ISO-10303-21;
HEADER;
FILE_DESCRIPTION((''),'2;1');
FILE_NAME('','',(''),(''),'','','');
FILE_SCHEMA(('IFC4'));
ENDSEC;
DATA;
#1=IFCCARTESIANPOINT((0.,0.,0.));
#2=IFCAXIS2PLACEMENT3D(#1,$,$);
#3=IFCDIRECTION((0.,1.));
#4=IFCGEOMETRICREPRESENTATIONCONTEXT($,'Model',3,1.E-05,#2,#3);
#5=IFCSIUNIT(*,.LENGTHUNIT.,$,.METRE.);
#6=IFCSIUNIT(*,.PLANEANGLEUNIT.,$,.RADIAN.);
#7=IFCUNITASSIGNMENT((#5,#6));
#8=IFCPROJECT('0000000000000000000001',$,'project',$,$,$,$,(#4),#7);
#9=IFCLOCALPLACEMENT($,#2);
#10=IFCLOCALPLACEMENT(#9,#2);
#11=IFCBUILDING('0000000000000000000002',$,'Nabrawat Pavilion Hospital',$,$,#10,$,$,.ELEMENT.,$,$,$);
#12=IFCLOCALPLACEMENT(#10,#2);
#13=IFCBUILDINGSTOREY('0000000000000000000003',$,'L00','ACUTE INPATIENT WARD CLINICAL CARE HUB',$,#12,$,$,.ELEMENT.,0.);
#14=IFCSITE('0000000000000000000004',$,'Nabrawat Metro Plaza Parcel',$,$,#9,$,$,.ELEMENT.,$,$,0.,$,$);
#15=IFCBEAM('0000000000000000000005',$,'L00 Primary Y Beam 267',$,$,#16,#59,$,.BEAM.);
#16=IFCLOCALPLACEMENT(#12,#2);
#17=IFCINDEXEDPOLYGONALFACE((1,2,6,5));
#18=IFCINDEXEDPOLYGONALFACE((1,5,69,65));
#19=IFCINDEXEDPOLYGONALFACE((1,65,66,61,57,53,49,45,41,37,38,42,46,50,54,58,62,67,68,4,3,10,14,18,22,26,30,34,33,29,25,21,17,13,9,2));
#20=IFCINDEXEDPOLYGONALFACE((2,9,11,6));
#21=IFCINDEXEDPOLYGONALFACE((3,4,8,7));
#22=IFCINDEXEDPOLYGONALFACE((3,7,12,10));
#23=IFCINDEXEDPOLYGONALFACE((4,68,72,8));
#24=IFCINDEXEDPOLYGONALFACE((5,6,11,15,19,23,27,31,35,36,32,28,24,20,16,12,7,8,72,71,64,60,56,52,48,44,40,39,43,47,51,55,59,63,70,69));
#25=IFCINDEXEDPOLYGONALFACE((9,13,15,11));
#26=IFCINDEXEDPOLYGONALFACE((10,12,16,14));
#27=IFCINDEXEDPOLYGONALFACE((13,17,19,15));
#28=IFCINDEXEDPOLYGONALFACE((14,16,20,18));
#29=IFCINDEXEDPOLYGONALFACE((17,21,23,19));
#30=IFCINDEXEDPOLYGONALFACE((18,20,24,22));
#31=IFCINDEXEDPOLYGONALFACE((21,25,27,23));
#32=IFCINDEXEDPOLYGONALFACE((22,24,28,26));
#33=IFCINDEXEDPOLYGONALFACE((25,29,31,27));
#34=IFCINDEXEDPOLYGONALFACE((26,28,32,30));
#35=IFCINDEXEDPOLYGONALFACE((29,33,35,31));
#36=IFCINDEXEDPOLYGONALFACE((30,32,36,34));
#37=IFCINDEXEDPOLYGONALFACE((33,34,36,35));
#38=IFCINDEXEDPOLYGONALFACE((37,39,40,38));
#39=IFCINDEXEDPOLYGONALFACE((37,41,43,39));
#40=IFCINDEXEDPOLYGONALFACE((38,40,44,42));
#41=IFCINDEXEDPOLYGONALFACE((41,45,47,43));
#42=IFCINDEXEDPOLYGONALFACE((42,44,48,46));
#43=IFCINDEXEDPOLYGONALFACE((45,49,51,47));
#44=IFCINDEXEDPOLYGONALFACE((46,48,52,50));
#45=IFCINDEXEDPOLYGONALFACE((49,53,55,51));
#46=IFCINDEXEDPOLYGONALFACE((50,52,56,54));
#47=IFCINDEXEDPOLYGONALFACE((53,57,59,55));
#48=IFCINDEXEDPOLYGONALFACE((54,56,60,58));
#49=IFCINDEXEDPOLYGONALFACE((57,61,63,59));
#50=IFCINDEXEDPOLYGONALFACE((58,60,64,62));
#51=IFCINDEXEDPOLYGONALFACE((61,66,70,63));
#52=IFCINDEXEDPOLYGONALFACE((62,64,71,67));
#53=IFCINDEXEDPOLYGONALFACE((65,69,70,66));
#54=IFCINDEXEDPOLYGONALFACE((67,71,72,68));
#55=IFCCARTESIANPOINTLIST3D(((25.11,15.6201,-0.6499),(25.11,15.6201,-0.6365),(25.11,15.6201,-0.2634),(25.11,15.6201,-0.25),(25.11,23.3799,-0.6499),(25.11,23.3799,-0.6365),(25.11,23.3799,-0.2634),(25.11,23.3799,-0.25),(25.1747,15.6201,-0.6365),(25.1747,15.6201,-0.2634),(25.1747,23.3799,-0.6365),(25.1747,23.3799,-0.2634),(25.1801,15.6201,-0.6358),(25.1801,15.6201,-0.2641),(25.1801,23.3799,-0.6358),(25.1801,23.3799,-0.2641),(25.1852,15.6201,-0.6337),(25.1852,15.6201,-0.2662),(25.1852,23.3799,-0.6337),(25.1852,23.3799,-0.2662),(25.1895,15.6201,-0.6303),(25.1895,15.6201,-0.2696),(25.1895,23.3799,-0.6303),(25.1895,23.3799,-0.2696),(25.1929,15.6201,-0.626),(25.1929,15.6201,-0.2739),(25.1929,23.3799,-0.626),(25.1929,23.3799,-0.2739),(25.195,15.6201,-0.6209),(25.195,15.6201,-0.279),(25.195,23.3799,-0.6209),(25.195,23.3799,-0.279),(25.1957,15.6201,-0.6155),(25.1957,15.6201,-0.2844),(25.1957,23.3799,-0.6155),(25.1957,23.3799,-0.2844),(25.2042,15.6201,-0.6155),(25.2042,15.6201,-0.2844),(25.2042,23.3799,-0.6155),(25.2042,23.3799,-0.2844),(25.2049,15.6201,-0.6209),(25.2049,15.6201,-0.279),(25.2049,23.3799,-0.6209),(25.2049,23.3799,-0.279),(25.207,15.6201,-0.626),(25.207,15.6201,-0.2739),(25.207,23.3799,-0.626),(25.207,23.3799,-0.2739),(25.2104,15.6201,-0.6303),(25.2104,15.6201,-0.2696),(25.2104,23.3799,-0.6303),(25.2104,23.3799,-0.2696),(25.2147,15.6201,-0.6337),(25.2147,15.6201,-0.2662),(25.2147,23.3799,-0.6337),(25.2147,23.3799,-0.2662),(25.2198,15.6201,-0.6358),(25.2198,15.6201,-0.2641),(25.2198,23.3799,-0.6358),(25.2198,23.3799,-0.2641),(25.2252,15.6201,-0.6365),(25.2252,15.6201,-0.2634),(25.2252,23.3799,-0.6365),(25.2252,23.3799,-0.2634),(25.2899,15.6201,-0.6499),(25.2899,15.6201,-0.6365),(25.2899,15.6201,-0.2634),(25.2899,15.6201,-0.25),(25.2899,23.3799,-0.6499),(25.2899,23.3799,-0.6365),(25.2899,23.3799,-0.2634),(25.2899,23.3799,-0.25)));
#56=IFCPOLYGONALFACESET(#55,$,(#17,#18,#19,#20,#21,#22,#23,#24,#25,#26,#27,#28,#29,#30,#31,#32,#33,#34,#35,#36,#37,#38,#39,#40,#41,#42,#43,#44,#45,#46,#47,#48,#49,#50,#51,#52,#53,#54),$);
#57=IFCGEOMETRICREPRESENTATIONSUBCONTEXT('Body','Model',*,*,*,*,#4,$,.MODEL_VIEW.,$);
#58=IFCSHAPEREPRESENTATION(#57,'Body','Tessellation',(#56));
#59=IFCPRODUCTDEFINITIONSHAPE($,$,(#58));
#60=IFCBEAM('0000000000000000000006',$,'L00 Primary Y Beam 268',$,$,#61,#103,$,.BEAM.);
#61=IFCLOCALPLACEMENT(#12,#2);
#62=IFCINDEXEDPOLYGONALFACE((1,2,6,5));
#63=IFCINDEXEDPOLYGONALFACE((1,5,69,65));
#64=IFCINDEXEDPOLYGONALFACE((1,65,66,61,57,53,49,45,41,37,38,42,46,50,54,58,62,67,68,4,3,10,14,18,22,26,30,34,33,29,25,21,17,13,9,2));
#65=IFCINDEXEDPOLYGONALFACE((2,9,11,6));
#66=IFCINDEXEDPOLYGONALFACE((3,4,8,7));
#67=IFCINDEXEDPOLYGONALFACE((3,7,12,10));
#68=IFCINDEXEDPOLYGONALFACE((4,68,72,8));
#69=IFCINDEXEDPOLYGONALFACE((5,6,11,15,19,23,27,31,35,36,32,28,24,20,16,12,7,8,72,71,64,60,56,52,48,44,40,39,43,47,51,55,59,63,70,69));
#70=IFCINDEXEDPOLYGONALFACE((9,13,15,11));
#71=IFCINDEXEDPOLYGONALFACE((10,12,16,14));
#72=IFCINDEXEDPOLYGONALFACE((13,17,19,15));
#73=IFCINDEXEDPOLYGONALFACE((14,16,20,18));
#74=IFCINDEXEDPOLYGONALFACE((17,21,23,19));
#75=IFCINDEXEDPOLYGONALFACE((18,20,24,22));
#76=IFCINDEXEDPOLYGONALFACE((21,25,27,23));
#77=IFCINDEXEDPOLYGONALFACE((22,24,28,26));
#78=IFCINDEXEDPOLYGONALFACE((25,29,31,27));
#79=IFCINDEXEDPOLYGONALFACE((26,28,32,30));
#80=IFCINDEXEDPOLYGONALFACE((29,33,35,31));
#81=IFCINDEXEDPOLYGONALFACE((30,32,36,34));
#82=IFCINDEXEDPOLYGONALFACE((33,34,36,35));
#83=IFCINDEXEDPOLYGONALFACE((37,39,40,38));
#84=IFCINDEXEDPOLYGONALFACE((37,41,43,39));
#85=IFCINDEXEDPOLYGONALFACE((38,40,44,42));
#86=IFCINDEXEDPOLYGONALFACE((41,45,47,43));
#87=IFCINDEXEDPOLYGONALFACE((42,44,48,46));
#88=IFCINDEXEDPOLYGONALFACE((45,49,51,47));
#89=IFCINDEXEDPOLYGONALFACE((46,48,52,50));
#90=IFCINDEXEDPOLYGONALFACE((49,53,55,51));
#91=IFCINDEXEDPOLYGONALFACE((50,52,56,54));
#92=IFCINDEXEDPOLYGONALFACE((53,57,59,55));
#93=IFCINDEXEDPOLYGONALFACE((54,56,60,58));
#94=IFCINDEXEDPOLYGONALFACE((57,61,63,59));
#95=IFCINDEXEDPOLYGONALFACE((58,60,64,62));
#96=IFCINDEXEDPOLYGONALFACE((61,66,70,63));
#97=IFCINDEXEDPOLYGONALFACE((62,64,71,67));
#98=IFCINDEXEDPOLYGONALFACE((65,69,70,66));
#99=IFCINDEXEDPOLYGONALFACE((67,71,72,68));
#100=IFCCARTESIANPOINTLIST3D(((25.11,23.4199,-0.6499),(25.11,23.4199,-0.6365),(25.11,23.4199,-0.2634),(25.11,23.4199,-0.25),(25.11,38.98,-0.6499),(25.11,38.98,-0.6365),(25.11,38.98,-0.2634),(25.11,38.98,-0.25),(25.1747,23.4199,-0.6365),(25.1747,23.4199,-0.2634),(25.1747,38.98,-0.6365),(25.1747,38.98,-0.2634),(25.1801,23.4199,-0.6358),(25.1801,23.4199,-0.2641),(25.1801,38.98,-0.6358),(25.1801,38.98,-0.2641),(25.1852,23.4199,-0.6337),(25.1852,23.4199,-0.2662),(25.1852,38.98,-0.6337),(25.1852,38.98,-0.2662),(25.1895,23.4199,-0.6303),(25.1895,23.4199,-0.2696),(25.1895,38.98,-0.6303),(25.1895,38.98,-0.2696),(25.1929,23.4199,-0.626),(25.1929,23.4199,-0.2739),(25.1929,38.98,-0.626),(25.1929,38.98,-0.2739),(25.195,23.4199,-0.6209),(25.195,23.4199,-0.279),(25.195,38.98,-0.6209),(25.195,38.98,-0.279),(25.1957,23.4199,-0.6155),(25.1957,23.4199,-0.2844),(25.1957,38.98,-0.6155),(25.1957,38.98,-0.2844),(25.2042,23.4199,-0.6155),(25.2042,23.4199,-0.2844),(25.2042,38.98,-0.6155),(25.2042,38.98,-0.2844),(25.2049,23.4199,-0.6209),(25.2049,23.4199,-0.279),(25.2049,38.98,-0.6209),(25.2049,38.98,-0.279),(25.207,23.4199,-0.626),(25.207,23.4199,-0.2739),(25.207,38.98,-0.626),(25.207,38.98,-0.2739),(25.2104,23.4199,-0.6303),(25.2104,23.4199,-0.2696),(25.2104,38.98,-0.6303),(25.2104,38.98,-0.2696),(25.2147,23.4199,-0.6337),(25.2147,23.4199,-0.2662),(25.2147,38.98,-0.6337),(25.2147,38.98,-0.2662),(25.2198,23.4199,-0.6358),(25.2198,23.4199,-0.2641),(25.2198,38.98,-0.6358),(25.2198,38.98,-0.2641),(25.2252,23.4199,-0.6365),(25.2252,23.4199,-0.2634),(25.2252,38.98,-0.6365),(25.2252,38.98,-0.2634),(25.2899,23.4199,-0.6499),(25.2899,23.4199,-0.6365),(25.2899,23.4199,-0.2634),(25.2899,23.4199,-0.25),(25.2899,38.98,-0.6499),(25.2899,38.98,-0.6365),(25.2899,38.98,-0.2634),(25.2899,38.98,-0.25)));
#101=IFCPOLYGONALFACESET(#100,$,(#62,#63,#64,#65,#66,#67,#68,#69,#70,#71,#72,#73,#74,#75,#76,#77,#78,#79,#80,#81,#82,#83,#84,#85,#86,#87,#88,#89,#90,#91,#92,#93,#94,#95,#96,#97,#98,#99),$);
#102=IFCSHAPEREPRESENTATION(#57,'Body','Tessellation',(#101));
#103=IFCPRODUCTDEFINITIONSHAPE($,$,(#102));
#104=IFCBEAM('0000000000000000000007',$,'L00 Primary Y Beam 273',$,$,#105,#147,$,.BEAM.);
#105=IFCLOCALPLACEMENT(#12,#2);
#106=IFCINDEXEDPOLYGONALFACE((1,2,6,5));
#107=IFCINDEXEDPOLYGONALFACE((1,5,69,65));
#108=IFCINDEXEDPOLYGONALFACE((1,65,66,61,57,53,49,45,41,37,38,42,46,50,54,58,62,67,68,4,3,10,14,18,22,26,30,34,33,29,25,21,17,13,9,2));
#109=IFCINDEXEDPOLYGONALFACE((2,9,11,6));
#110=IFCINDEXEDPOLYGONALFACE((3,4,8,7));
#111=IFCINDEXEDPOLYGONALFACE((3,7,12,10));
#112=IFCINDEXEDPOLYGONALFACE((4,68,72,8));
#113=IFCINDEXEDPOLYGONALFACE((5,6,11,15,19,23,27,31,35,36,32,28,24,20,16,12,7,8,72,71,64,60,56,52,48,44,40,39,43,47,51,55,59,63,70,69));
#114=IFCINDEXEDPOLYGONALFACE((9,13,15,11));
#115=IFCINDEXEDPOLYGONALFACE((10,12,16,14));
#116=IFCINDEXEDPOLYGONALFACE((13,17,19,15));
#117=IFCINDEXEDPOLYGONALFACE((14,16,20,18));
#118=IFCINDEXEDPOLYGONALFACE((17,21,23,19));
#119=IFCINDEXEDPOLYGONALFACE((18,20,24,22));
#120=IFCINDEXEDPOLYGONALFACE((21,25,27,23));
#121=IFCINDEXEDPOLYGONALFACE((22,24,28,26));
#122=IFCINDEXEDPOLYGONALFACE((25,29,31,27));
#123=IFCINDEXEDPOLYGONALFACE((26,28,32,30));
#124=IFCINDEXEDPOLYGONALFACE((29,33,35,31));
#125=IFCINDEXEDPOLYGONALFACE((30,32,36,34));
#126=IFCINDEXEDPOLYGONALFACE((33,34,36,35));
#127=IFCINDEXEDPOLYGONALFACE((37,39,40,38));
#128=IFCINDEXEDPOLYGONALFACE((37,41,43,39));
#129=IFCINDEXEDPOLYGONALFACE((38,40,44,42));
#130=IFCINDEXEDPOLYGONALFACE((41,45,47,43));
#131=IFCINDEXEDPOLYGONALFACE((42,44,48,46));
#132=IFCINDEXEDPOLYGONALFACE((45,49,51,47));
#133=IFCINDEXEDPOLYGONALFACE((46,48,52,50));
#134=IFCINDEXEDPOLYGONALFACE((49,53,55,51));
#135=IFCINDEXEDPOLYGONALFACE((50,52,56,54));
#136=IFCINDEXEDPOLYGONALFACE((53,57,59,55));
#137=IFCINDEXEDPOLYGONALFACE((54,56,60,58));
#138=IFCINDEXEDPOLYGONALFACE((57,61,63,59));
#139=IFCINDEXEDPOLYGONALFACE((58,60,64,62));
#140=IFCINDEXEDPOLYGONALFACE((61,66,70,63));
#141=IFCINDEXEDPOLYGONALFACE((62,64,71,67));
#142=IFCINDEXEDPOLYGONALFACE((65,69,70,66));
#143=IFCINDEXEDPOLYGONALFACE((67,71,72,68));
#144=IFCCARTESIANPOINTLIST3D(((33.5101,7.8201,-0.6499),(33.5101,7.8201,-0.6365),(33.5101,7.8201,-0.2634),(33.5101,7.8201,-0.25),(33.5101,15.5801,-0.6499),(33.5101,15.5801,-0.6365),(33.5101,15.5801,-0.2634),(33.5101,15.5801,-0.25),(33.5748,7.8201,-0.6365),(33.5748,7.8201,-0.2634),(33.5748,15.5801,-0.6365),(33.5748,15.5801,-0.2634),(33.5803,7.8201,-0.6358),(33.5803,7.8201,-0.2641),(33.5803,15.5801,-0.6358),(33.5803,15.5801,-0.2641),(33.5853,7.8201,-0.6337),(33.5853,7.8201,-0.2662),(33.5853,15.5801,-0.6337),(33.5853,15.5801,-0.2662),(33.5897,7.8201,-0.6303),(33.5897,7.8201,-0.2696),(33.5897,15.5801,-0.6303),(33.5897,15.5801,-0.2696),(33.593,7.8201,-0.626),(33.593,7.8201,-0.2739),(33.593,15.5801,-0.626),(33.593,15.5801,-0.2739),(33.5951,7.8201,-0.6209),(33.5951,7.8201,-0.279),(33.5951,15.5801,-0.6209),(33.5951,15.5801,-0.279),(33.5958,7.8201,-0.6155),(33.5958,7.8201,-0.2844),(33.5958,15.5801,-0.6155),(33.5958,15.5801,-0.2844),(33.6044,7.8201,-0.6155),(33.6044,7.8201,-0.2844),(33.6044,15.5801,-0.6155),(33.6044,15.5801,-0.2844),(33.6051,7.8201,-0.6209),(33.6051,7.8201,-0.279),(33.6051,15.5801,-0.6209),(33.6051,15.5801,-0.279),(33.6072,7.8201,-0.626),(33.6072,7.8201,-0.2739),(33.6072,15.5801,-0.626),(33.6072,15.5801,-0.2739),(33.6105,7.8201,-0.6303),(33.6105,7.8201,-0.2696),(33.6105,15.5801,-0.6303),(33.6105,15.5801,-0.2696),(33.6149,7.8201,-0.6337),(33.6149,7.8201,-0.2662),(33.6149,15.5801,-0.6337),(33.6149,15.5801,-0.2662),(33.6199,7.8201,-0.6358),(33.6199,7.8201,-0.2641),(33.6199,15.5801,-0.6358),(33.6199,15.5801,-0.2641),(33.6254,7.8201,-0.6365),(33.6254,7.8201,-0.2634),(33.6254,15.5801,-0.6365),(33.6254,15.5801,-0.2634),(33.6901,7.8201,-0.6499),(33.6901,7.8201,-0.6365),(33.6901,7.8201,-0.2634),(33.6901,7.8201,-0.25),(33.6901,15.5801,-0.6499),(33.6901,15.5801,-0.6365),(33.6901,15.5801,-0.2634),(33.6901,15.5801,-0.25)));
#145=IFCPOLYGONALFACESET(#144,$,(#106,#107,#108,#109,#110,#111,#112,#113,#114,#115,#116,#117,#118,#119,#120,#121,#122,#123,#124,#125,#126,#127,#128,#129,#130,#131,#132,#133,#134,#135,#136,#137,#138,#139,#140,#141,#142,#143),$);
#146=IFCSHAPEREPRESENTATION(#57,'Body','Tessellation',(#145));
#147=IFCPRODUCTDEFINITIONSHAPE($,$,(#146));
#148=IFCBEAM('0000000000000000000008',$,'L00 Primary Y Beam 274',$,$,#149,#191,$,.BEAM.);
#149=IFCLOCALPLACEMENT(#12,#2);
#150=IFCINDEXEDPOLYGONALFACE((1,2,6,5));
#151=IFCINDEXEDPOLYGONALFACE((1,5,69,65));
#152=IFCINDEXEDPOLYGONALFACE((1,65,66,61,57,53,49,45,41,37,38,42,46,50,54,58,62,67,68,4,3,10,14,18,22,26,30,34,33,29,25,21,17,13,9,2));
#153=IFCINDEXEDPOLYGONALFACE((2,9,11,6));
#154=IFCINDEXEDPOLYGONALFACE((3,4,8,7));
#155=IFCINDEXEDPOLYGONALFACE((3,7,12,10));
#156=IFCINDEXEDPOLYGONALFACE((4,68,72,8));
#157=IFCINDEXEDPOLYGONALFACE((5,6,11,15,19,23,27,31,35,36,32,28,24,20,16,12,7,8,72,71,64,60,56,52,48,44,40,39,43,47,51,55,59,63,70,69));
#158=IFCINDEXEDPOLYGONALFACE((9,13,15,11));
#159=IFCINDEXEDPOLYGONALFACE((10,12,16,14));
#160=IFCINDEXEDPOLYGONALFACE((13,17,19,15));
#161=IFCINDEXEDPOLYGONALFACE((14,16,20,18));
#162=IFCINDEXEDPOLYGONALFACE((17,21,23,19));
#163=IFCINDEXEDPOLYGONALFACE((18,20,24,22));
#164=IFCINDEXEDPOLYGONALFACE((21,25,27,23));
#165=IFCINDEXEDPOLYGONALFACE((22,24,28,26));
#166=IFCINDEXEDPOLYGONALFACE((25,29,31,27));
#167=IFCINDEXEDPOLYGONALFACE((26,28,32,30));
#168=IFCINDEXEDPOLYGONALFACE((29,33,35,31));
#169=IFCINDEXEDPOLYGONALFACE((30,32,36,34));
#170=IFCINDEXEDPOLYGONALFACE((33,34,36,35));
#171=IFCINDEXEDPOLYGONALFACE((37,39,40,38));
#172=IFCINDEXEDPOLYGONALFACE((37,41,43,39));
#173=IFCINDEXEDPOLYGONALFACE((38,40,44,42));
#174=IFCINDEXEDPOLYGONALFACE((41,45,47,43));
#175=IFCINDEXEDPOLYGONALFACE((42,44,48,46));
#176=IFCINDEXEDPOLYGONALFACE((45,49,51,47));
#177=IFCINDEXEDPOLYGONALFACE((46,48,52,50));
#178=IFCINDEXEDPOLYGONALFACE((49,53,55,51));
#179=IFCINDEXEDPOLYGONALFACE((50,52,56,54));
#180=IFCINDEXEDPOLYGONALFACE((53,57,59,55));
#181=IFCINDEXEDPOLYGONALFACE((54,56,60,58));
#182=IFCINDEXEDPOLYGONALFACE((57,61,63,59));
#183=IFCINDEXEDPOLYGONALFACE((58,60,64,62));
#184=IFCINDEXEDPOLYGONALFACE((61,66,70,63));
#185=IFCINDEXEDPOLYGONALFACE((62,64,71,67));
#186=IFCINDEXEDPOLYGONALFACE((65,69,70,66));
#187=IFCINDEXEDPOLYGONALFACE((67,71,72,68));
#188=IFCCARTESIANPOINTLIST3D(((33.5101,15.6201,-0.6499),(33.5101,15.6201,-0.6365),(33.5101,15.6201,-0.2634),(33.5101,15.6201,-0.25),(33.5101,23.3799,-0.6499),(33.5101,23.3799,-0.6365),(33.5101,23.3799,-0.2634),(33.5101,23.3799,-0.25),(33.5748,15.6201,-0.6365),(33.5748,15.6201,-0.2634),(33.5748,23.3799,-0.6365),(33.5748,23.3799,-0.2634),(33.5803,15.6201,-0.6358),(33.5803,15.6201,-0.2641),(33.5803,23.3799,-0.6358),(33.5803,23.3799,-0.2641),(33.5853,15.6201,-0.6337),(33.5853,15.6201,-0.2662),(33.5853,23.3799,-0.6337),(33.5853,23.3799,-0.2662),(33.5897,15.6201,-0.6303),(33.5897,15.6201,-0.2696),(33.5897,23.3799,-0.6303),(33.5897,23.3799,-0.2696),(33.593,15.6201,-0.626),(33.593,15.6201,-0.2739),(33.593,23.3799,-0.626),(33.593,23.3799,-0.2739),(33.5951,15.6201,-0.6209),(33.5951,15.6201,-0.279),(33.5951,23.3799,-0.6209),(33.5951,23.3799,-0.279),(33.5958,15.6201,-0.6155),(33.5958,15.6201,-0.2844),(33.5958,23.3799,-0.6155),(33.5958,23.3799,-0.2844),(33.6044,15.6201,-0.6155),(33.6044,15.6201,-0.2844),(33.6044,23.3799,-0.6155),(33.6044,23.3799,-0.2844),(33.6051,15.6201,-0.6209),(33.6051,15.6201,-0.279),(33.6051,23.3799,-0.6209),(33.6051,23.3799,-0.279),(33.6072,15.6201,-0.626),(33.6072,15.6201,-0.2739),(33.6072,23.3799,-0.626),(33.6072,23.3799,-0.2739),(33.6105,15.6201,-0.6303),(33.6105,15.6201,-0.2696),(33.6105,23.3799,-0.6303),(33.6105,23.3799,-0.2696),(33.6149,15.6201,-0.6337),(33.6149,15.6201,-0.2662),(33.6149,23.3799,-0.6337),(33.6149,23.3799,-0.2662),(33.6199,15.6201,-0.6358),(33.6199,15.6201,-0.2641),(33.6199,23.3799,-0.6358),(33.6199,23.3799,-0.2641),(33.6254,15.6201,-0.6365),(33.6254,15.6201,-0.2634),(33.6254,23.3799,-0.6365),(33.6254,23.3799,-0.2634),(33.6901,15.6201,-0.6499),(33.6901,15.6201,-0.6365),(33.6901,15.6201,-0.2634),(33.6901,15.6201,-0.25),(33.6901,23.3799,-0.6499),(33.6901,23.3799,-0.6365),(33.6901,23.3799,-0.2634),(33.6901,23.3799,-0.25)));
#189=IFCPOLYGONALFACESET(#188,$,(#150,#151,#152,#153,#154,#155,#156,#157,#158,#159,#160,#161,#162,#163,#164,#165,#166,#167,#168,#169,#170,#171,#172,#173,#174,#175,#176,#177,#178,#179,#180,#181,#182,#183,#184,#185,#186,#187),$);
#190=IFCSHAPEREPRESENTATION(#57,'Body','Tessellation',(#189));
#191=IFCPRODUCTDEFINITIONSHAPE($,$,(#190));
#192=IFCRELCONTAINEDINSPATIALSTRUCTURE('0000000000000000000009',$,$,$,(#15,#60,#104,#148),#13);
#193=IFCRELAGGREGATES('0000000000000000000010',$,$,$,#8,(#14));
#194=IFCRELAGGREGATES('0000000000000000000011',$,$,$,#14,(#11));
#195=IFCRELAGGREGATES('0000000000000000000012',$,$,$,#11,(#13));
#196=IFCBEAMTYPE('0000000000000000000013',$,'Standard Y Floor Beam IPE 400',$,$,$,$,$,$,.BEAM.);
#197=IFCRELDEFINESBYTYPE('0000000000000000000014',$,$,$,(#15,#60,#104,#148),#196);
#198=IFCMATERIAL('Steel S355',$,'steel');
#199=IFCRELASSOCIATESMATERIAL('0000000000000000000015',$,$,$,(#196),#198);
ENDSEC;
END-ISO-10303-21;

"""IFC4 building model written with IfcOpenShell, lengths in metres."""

from ifc_helpers import new_model, si_unit, direction, frame, origin, origin_2d, place, context, subcontext, project, spatial, i_section, extrude, material, material_profile, profile_set, type_object, element, save


model = new_model("IFC4")

# Units and contexts
model_context = context("Model", 3, precision=1e-05, world=origin(), true_north=direction((0.0, 1.0)))
body_context = subcontext(model_context, "Body", "Model", "MODEL_VIEW")
ifc_project = project(units=[si_unit("LENGTHUNIT", "METRE"), si_unit("PLANEANGLEUNIT", "RADIAN")], contexts=[model_context])

# Site, building, storey
site_placement = place(None, origin())
site = spatial("IfcSite", under=ifc_project, at=site_placement, Name="Nabrawat Metro Plaza Parcel", CompositionType="ELEMENT", RefElevation=0.0)
building_placement = place(site_placement, origin())
building = spatial("IfcBuilding", under=site, at=building_placement, Name="Nabrawat Pavilion Hospital", CompositionType="ELEMENT")
storey_placement = place(building_placement, origin())
storey = spatial("IfcBuildingStorey", under=building, at=storey_placement, Name="L00", Description="ACUTE INPATIENT WARD CLINICAL CARE HUB", CompositionType="ELEMENT", Elevation=0.0)

# Shared definitions
ifc_material_1 = material(Name="Steel S355", Category="steel")

# Beams
ifc_material_profile_1 = material_profile(ifc_material_1, i_section(OverallWidth=0.1799, OverallDepth=0.3999, WebThickness=0.0085, FlangeThickness=0.0134, FilletRadius=0.021, at=origin_2d()), Name="IPE 400")
ifc_profile_set_1 = profile_set([ifc_material_profile_1], Name="Steel S355")
beam_type_1 = type_object("IfcBeamType", Name="Standard Y Floor Beam IPE 400", PredefinedType="BEAM", material=ifc_profile_set_1)
beam_1_placement = place(storey_placement, frame((25.2, 15.6201, -0.45), z_axis=(0.0, 1.0, 0.0), x_axis=(-1.0, 0.0, 0.0)))
element("IfcBeam", 1, at=beam_1_placement, inside=storey, type_object=beam_type_1, Name="L00 Primary Y Beam 267", PredefinedType="BEAM", context=body_context, shape_type="SweptSolid", body=[
    extrude(i_section(OverallWidth=0.1799, OverallDepth=0.3999, WebThickness=0.0085, FlangeThickness=0.0134, FilletRadius=0.021, at=origin_2d()), origin(), (0.0, 0.0, 1.0), 7.7598),
])
beam_2_placement = place(storey_placement, frame((25.2, 23.4199, -0.45), z_axis=(0.0, 1.0, 0.0), x_axis=(-1.0, 0.0, 0.0)))
element("IfcBeam", 2, at=beam_2_placement, inside=storey, type_object=beam_type_1, Name="L00 Primary Y Beam 268", PredefinedType="BEAM", context=body_context, shape_type="SweptSolid", body=[
    extrude(i_section(OverallWidth=0.1799, OverallDepth=0.3999, WebThickness=0.0085, FlangeThickness=0.0134, FilletRadius=0.021, at=origin_2d()), origin(), (0.0, 0.0, 1.0), 15.5601),
])
beam_3_placement = place(storey_placement, frame((33.6001, 7.8201, -0.45), z_axis=(0.0, 1.0, 0.0), x_axis=(-1.0, 0.0, 0.0)))
element("IfcBeam", 3, at=beam_3_placement, inside=storey, type_object=beam_type_1, Name="L00 Primary Y Beam 273", PredefinedType="BEAM", context=body_context, shape_type="SweptSolid", body=[
    extrude(i_section(OverallWidth=0.1799, OverallDepth=0.3999, WebThickness=0.0085, FlangeThickness=0.0134, FilletRadius=0.021, at=origin_2d()), origin(), (0.0, 0.0, 1.0), 7.76),
])
beam_4_placement = place(storey_placement, frame((33.6001, 15.6201, -0.45), z_axis=(0.0, 1.0, 0.0), x_axis=(-1.0, 0.0, 0.0)))
element("IfcBeam", 4, at=beam_4_placement, inside=storey, type_object=beam_type_1, Name="L00 Primary Y Beam 274", PredefinedType="BEAM", context=body_context, shape_type="SweptSolid", body=[
    extrude(i_section(OverallWidth=0.1799, OverallDepth=0.3999, WebThickness=0.0085, FlangeThickness=0.0134, FilletRadius=0.021, at=origin_2d()), origin(), (0.0, 0.0, 1.0), 7.7598),
])

save(model, "model.ifc")
